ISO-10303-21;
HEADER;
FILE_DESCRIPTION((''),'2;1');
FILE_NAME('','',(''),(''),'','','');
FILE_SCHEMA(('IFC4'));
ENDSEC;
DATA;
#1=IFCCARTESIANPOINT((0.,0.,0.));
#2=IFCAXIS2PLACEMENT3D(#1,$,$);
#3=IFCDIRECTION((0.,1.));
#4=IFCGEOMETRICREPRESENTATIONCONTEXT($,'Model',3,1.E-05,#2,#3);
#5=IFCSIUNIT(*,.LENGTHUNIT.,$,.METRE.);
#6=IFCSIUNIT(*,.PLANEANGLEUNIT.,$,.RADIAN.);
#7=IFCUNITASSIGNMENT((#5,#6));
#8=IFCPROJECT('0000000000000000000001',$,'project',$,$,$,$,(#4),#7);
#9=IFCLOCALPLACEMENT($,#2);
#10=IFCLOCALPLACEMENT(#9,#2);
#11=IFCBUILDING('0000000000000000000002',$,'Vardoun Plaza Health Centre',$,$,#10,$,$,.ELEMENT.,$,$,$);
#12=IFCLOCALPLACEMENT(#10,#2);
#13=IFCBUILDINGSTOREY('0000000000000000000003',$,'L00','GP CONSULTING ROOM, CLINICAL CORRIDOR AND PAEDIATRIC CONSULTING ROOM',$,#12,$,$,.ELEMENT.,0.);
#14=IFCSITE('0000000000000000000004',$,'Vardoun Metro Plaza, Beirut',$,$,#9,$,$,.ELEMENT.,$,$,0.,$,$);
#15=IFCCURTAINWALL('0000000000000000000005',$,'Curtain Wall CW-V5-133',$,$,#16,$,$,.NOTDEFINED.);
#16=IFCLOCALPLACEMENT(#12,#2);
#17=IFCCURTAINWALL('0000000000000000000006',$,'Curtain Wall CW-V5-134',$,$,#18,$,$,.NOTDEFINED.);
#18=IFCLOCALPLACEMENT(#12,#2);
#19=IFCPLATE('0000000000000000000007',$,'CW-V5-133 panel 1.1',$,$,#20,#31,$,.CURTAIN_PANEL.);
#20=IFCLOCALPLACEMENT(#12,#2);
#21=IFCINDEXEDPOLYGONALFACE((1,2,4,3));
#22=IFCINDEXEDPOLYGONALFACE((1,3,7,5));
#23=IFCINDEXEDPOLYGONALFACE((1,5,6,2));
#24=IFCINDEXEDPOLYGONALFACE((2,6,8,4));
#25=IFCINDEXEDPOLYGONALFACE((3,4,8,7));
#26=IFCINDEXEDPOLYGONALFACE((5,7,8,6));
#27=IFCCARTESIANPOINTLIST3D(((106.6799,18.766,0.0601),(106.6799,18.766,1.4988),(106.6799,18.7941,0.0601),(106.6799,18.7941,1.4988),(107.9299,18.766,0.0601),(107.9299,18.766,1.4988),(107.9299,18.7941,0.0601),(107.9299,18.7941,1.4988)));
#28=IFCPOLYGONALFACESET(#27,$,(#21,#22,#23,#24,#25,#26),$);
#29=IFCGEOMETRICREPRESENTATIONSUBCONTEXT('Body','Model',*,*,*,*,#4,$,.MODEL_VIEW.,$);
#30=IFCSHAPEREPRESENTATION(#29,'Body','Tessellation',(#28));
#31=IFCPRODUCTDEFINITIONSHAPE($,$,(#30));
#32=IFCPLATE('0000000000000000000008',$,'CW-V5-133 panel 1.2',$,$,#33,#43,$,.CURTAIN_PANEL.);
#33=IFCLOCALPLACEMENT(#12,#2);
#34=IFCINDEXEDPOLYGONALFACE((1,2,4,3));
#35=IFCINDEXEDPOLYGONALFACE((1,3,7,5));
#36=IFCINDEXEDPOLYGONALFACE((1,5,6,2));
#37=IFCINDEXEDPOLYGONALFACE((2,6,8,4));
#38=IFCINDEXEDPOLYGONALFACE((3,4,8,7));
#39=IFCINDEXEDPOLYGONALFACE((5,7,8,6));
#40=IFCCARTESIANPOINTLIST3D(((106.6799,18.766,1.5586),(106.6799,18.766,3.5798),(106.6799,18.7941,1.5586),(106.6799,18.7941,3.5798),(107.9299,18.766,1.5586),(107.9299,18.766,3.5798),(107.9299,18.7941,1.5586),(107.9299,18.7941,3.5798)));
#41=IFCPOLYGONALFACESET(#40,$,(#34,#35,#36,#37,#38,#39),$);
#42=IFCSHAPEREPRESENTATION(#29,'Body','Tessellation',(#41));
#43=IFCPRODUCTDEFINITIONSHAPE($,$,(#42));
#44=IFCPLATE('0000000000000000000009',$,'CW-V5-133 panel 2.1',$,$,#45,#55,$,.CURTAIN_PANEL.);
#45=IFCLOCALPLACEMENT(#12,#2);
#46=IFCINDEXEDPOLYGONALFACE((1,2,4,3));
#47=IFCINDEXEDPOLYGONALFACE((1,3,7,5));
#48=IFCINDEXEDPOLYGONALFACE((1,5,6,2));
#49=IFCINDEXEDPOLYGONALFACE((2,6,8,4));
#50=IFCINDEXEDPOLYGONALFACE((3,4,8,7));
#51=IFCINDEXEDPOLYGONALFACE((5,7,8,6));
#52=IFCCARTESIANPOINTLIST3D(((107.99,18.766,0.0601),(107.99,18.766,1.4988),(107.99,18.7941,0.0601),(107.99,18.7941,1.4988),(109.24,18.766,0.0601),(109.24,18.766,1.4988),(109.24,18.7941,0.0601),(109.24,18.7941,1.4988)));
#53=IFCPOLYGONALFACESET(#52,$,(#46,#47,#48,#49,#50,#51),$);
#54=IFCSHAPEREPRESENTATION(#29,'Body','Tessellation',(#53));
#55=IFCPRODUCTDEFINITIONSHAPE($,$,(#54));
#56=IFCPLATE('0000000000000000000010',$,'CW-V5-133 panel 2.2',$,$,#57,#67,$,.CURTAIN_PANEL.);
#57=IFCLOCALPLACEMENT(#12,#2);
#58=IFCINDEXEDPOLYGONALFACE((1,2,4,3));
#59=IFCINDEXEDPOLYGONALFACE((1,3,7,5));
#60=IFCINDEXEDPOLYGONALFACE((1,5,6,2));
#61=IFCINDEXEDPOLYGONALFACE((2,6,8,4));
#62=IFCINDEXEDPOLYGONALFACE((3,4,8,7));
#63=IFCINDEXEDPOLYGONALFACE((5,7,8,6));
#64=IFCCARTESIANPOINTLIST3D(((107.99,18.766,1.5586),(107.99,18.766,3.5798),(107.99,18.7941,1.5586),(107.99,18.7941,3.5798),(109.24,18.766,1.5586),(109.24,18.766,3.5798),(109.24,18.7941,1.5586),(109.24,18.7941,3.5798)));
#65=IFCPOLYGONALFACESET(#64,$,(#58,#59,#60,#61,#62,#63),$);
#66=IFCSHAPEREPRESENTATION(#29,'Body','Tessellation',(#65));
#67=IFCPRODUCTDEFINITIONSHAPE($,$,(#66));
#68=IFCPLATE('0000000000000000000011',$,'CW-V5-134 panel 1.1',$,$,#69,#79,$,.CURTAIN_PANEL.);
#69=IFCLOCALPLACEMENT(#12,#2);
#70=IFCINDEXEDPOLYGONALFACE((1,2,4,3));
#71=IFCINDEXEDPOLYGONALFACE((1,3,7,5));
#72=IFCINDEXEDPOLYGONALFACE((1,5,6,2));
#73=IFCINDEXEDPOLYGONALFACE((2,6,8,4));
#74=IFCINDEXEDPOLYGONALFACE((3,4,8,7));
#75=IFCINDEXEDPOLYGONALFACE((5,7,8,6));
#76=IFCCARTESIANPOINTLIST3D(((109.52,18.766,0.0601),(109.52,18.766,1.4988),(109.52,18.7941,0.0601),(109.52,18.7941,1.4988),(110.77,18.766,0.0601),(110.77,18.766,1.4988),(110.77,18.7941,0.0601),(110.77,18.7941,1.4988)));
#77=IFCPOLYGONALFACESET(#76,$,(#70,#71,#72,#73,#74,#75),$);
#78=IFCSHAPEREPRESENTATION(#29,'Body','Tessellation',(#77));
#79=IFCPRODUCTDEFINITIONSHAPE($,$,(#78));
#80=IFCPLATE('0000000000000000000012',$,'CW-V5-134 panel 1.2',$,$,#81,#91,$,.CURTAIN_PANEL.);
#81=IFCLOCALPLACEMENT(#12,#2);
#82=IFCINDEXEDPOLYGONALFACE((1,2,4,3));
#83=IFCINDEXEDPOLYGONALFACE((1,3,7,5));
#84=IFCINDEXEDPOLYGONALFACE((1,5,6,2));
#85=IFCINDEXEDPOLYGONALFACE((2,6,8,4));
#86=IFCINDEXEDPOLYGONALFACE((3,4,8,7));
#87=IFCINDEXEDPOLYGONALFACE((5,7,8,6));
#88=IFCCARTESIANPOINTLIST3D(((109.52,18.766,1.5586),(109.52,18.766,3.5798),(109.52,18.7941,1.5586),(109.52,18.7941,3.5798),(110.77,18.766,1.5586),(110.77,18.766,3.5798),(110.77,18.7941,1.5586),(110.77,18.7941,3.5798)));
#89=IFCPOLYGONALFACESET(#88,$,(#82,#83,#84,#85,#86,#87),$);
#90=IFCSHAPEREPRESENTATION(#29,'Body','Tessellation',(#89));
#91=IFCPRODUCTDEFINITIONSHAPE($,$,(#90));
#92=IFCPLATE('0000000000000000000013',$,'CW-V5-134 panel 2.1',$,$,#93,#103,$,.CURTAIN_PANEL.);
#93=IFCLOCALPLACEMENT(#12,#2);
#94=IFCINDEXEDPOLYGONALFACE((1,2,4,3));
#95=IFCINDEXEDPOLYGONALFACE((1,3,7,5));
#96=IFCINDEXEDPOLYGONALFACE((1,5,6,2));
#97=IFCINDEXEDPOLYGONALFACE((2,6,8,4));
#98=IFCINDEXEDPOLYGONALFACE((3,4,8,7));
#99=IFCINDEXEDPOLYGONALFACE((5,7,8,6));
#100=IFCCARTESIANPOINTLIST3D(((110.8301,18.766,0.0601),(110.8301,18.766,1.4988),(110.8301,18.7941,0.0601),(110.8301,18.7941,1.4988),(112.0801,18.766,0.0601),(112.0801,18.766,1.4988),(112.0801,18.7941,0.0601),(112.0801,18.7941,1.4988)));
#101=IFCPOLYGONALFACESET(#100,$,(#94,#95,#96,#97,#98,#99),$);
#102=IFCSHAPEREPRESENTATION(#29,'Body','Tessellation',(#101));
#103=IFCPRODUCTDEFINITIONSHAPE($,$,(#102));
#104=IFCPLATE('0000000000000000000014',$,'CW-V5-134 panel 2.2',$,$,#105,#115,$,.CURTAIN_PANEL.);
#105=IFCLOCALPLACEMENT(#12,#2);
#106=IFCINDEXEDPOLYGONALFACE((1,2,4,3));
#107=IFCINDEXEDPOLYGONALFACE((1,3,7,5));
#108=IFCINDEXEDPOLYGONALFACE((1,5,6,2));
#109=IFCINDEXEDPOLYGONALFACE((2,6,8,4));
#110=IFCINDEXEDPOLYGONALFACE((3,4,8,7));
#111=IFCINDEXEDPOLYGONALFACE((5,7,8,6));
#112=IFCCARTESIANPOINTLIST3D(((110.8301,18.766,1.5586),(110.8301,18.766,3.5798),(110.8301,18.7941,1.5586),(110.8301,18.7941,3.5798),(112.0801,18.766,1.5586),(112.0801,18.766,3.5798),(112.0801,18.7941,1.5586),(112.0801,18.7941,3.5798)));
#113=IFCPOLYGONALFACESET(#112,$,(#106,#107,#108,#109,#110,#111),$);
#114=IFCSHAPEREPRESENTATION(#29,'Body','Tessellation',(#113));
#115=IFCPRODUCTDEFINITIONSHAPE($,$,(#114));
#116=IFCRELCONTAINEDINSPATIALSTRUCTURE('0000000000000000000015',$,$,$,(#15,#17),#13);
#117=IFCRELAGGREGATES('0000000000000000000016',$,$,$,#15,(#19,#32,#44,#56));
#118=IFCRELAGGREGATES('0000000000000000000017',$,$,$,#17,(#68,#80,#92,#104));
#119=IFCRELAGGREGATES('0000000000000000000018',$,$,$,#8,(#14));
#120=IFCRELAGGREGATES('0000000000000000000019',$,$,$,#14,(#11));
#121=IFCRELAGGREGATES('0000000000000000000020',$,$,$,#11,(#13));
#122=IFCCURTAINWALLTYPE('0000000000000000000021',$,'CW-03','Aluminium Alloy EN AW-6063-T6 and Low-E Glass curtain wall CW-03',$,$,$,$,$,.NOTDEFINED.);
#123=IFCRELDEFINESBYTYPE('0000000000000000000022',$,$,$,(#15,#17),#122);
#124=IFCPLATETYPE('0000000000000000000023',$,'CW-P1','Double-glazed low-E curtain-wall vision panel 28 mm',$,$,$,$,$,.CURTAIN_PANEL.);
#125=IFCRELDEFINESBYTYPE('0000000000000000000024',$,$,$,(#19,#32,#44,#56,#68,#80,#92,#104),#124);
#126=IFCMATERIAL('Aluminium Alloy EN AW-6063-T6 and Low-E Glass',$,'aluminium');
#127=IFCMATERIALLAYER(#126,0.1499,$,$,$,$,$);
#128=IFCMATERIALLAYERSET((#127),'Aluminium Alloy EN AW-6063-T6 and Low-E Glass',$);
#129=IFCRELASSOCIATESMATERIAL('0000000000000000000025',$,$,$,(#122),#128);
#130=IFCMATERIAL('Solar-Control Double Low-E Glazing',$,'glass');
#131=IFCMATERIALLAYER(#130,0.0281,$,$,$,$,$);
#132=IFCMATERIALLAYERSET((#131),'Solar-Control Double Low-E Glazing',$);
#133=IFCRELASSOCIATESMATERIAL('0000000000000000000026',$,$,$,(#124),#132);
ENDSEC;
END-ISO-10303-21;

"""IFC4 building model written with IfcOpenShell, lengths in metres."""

from ifc_helpers import new_model, si_unit, direction, frame, origin, origin_2d, place, context, subcontext, project, spatial, rectangle, extrude, material, layer, layer_set, type_object, element, aggregate, save


model = new_model("IFC4")

# Units and contexts
model_context = context("Model", 3, precision=1e-05, world=origin(), true_north=direction((0.0, 1.0)))
body_context = subcontext(model_context, "Body", "Model", "MODEL_VIEW")
ifc_project = project(units=[si_unit("LENGTHUNIT", "METRE"), si_unit("PLANEANGLEUNIT", "RADIAN")], contexts=[model_context])

# Site, building, storey
site_placement = place(None, origin())
site = spatial("IfcSite", under=ifc_project, at=site_placement, Name="Vardoun Metro Plaza, Beirut", CompositionType="ELEMENT", RefElevation=0.0)
building_placement = place(site_placement, origin())
building = spatial("IfcBuilding", under=site, at=building_placement, Name="Vardoun Plaza Health Centre", CompositionType="ELEMENT")
storey_placement = place(building_placement, origin())
storey = spatial("IfcBuildingStorey", under=building, at=storey_placement, Name="L00", Description="GP CONSULTING ROOM, CLINICAL CORRIDOR AND PAEDIATRIC CONSULTING ROOM", CompositionType="ELEMENT", Elevation=0.0)

# Curtain walls
ifc_material_1 = material(Name="Aluminium Alloy EN AW-6063-T6 and Low-E Glass", Category="aluminium")
ifc_layer_1 = layer(ifc_material_1, 0.1499)
ifc_layer_set_1 = layer_set([ifc_layer_1], Name="Aluminium Alloy EN AW-6063-T6 and Low-E Glass")
curtain_wall_type = type_object("IfcCurtainWallType", Name="CW-03", Description="Aluminium Alloy EN AW-6063-T6 and Low-E Glass curtain wall CW-03", PredefinedType="NOTDEFINED", material=ifc_layer_set_1)
curtain_wall_1_placement = place(storey_placement, origin())
curtain_wall_1 = element("IfcCurtainWall", 1, at=curtain_wall_1_placement, inside=storey, type_object=curtain_wall_type, Name="Curtain Wall CW-V5-133", PredefinedType="NOTDEFINED")
curtain_wall_2_placement = place(storey_placement, origin())
curtain_wall_2 = element("IfcCurtainWall", 2, at=curtain_wall_2_placement, inside=storey, type_object=curtain_wall_type, Name="Curtain Wall CW-V5-134", PredefinedType="NOTDEFINED")

# Plates
ifc_material_2 = material(Name="Solar-Control Double Low-E Glazing", Category="glass")
ifc_layer_2 = layer(ifc_material_2, 0.0281)
ifc_layer_set_2 = layer_set([ifc_layer_2], Name="Solar-Control Double Low-E Glazing")
plate_type = type_object("IfcPlateType", Name="CW-P1", Description="Double-glazed low-E curtain-wall vision panel 28 mm", PredefinedType="CURTAIN_PANEL", material=ifc_layer_set_2)
plate_1_placement = place(storey_placement, frame((107.3049, 18.78, 0.0601), z_axis=(0.0, 0.0, 1.0), x_axis=(1.0, 0.0, 0.0)))
plate_1 = element("IfcPlate", 3, at=plate_1_placement, type_object=plate_type, Name="CW-V5-133 panel 1.1", PredefinedType="CURTAIN_PANEL", context=body_context, shape_type="SweptSolid", body=[
    extrude(rectangle(XDim=1.25, YDim=0.0281, at=origin_2d()), origin(), (0.0, 0.0, 1.0), 1.4387),
])
plate_2_placement = place(storey_placement, frame((107.3049, 18.78, 1.5586), z_axis=(0.0, 0.0, 1.0), x_axis=(1.0, 0.0, 0.0)))
plate_2 = element("IfcPlate", 4, at=plate_2_placement, type_object=plate_type, Name="CW-V5-133 panel 1.2", PredefinedType="CURTAIN_PANEL", context=body_context, shape_type="SweptSolid", body=[
    extrude(rectangle(XDim=1.25, YDim=0.0281, at=origin_2d()), origin(), (0.0, 0.0, 1.0), 2.0212),
])
plate_3_placement = place(storey_placement, frame((108.615, 18.78, 0.0601), z_axis=(0.0, 0.0, 1.0), x_axis=(1.0, 0.0, 0.0)))
plate_3 = element("IfcPlate", 5, at=plate_3_placement, type_object=plate_type, Name="CW-V5-133 panel 2.1", PredefinedType="CURTAIN_PANEL", context=body_context, shape_type="SweptSolid", body=[
    extrude(rectangle(XDim=1.25, YDim=0.0281, at=origin_2d()), origin(), (0.0, 0.0, 1.0), 1.4387),
])
plate_4_placement = place(storey_placement, frame((108.615, 18.78, 1.5586), z_axis=(0.0, 0.0, 1.0), x_axis=(1.0, 0.0, 0.0)))
plate_4 = element("IfcPlate", 6, at=plate_4_placement, type_object=plate_type, Name="CW-V5-133 panel 2.2", PredefinedType="CURTAIN_PANEL", context=body_context, shape_type="SweptSolid", body=[
    extrude(rectangle(XDim=1.25, YDim=0.0281, at=origin_2d()), origin(), (0.0, 0.0, 1.0), 2.0212),
])
aggregate(curtain_wall_1, [plate_1, plate_2, plate_3, plate_4])
plate_5_placement = place(storey_placement, frame((110.145, 18.78, 0.0601), z_axis=(0.0, 0.0, 1.0), x_axis=(1.0, 0.0, 0.0)))
plate_5 = element("IfcPlate", 7, at=plate_5_placement, type_object=plate_type, Name="CW-V5-134 panel 1.1", PredefinedType="CURTAIN_PANEL", context=body_context, shape_type="SweptSolid", body=[
    extrude(rectangle(XDim=1.25, YDim=0.0281, at=origin_2d()), origin(), (0.0, 0.0, 1.0), 1.4387),
])
plate_6_placement = place(storey_placement, frame((110.145, 18.78, 1.5586), z_axis=(0.0, 0.0, 1.0), x_axis=(1.0, 0.0, 0.0)))
plate_6 = element("IfcPlate", 8, at=plate_6_placement, type_object=plate_type, Name="CW-V5-134 panel 1.2", PredefinedType="CURTAIN_PANEL", context=body_context, shape_type="SweptSolid", body=[
    extrude(rectangle(XDim=1.25, YDim=0.0281, at=origin_2d()), origin(), (0.0, 0.0, 1.0), 2.0212),
])
plate_7_placement = place(storey_placement, frame((111.4551, 18.78, 0.0601), z_axis=(0.0, 0.0, 1.0), x_axis=(1.0, 0.0, 0.0)))
plate_7 = element("IfcPlate", 9, at=plate_7_placement, type_object=plate_type, Name="CW-V5-134 panel 2.1", PredefinedType="CURTAIN_PANEL", context=body_context, shape_type="SweptSolid", body=[
    extrude(rectangle(XDim=1.25, YDim=0.0281, at=origin_2d()), origin(), (0.0, 0.0, 1.0), 1.4387),
])
plate_8_placement = place(storey_placement, frame((111.4551, 18.78, 1.5586), z_axis=(0.0, 0.0, 1.0), x_axis=(1.0, 0.0, 0.0)))
plate_8 = element("IfcPlate", 10, at=plate_8_placement, type_object=plate_type, Name="CW-V5-134 panel 2.2", PredefinedType="CURTAIN_PANEL", context=body_context, shape_type="SweptSolid", body=[
    extrude(rectangle(XDim=1.25, YDim=0.0281, at=origin_2d()), origin(), (0.0, 0.0, 1.0), 2.0212),
])
aggregate(curtain_wall_2, [plate_5, plate_6, plate_7, plate_8])

save(model, "model.ifc")
